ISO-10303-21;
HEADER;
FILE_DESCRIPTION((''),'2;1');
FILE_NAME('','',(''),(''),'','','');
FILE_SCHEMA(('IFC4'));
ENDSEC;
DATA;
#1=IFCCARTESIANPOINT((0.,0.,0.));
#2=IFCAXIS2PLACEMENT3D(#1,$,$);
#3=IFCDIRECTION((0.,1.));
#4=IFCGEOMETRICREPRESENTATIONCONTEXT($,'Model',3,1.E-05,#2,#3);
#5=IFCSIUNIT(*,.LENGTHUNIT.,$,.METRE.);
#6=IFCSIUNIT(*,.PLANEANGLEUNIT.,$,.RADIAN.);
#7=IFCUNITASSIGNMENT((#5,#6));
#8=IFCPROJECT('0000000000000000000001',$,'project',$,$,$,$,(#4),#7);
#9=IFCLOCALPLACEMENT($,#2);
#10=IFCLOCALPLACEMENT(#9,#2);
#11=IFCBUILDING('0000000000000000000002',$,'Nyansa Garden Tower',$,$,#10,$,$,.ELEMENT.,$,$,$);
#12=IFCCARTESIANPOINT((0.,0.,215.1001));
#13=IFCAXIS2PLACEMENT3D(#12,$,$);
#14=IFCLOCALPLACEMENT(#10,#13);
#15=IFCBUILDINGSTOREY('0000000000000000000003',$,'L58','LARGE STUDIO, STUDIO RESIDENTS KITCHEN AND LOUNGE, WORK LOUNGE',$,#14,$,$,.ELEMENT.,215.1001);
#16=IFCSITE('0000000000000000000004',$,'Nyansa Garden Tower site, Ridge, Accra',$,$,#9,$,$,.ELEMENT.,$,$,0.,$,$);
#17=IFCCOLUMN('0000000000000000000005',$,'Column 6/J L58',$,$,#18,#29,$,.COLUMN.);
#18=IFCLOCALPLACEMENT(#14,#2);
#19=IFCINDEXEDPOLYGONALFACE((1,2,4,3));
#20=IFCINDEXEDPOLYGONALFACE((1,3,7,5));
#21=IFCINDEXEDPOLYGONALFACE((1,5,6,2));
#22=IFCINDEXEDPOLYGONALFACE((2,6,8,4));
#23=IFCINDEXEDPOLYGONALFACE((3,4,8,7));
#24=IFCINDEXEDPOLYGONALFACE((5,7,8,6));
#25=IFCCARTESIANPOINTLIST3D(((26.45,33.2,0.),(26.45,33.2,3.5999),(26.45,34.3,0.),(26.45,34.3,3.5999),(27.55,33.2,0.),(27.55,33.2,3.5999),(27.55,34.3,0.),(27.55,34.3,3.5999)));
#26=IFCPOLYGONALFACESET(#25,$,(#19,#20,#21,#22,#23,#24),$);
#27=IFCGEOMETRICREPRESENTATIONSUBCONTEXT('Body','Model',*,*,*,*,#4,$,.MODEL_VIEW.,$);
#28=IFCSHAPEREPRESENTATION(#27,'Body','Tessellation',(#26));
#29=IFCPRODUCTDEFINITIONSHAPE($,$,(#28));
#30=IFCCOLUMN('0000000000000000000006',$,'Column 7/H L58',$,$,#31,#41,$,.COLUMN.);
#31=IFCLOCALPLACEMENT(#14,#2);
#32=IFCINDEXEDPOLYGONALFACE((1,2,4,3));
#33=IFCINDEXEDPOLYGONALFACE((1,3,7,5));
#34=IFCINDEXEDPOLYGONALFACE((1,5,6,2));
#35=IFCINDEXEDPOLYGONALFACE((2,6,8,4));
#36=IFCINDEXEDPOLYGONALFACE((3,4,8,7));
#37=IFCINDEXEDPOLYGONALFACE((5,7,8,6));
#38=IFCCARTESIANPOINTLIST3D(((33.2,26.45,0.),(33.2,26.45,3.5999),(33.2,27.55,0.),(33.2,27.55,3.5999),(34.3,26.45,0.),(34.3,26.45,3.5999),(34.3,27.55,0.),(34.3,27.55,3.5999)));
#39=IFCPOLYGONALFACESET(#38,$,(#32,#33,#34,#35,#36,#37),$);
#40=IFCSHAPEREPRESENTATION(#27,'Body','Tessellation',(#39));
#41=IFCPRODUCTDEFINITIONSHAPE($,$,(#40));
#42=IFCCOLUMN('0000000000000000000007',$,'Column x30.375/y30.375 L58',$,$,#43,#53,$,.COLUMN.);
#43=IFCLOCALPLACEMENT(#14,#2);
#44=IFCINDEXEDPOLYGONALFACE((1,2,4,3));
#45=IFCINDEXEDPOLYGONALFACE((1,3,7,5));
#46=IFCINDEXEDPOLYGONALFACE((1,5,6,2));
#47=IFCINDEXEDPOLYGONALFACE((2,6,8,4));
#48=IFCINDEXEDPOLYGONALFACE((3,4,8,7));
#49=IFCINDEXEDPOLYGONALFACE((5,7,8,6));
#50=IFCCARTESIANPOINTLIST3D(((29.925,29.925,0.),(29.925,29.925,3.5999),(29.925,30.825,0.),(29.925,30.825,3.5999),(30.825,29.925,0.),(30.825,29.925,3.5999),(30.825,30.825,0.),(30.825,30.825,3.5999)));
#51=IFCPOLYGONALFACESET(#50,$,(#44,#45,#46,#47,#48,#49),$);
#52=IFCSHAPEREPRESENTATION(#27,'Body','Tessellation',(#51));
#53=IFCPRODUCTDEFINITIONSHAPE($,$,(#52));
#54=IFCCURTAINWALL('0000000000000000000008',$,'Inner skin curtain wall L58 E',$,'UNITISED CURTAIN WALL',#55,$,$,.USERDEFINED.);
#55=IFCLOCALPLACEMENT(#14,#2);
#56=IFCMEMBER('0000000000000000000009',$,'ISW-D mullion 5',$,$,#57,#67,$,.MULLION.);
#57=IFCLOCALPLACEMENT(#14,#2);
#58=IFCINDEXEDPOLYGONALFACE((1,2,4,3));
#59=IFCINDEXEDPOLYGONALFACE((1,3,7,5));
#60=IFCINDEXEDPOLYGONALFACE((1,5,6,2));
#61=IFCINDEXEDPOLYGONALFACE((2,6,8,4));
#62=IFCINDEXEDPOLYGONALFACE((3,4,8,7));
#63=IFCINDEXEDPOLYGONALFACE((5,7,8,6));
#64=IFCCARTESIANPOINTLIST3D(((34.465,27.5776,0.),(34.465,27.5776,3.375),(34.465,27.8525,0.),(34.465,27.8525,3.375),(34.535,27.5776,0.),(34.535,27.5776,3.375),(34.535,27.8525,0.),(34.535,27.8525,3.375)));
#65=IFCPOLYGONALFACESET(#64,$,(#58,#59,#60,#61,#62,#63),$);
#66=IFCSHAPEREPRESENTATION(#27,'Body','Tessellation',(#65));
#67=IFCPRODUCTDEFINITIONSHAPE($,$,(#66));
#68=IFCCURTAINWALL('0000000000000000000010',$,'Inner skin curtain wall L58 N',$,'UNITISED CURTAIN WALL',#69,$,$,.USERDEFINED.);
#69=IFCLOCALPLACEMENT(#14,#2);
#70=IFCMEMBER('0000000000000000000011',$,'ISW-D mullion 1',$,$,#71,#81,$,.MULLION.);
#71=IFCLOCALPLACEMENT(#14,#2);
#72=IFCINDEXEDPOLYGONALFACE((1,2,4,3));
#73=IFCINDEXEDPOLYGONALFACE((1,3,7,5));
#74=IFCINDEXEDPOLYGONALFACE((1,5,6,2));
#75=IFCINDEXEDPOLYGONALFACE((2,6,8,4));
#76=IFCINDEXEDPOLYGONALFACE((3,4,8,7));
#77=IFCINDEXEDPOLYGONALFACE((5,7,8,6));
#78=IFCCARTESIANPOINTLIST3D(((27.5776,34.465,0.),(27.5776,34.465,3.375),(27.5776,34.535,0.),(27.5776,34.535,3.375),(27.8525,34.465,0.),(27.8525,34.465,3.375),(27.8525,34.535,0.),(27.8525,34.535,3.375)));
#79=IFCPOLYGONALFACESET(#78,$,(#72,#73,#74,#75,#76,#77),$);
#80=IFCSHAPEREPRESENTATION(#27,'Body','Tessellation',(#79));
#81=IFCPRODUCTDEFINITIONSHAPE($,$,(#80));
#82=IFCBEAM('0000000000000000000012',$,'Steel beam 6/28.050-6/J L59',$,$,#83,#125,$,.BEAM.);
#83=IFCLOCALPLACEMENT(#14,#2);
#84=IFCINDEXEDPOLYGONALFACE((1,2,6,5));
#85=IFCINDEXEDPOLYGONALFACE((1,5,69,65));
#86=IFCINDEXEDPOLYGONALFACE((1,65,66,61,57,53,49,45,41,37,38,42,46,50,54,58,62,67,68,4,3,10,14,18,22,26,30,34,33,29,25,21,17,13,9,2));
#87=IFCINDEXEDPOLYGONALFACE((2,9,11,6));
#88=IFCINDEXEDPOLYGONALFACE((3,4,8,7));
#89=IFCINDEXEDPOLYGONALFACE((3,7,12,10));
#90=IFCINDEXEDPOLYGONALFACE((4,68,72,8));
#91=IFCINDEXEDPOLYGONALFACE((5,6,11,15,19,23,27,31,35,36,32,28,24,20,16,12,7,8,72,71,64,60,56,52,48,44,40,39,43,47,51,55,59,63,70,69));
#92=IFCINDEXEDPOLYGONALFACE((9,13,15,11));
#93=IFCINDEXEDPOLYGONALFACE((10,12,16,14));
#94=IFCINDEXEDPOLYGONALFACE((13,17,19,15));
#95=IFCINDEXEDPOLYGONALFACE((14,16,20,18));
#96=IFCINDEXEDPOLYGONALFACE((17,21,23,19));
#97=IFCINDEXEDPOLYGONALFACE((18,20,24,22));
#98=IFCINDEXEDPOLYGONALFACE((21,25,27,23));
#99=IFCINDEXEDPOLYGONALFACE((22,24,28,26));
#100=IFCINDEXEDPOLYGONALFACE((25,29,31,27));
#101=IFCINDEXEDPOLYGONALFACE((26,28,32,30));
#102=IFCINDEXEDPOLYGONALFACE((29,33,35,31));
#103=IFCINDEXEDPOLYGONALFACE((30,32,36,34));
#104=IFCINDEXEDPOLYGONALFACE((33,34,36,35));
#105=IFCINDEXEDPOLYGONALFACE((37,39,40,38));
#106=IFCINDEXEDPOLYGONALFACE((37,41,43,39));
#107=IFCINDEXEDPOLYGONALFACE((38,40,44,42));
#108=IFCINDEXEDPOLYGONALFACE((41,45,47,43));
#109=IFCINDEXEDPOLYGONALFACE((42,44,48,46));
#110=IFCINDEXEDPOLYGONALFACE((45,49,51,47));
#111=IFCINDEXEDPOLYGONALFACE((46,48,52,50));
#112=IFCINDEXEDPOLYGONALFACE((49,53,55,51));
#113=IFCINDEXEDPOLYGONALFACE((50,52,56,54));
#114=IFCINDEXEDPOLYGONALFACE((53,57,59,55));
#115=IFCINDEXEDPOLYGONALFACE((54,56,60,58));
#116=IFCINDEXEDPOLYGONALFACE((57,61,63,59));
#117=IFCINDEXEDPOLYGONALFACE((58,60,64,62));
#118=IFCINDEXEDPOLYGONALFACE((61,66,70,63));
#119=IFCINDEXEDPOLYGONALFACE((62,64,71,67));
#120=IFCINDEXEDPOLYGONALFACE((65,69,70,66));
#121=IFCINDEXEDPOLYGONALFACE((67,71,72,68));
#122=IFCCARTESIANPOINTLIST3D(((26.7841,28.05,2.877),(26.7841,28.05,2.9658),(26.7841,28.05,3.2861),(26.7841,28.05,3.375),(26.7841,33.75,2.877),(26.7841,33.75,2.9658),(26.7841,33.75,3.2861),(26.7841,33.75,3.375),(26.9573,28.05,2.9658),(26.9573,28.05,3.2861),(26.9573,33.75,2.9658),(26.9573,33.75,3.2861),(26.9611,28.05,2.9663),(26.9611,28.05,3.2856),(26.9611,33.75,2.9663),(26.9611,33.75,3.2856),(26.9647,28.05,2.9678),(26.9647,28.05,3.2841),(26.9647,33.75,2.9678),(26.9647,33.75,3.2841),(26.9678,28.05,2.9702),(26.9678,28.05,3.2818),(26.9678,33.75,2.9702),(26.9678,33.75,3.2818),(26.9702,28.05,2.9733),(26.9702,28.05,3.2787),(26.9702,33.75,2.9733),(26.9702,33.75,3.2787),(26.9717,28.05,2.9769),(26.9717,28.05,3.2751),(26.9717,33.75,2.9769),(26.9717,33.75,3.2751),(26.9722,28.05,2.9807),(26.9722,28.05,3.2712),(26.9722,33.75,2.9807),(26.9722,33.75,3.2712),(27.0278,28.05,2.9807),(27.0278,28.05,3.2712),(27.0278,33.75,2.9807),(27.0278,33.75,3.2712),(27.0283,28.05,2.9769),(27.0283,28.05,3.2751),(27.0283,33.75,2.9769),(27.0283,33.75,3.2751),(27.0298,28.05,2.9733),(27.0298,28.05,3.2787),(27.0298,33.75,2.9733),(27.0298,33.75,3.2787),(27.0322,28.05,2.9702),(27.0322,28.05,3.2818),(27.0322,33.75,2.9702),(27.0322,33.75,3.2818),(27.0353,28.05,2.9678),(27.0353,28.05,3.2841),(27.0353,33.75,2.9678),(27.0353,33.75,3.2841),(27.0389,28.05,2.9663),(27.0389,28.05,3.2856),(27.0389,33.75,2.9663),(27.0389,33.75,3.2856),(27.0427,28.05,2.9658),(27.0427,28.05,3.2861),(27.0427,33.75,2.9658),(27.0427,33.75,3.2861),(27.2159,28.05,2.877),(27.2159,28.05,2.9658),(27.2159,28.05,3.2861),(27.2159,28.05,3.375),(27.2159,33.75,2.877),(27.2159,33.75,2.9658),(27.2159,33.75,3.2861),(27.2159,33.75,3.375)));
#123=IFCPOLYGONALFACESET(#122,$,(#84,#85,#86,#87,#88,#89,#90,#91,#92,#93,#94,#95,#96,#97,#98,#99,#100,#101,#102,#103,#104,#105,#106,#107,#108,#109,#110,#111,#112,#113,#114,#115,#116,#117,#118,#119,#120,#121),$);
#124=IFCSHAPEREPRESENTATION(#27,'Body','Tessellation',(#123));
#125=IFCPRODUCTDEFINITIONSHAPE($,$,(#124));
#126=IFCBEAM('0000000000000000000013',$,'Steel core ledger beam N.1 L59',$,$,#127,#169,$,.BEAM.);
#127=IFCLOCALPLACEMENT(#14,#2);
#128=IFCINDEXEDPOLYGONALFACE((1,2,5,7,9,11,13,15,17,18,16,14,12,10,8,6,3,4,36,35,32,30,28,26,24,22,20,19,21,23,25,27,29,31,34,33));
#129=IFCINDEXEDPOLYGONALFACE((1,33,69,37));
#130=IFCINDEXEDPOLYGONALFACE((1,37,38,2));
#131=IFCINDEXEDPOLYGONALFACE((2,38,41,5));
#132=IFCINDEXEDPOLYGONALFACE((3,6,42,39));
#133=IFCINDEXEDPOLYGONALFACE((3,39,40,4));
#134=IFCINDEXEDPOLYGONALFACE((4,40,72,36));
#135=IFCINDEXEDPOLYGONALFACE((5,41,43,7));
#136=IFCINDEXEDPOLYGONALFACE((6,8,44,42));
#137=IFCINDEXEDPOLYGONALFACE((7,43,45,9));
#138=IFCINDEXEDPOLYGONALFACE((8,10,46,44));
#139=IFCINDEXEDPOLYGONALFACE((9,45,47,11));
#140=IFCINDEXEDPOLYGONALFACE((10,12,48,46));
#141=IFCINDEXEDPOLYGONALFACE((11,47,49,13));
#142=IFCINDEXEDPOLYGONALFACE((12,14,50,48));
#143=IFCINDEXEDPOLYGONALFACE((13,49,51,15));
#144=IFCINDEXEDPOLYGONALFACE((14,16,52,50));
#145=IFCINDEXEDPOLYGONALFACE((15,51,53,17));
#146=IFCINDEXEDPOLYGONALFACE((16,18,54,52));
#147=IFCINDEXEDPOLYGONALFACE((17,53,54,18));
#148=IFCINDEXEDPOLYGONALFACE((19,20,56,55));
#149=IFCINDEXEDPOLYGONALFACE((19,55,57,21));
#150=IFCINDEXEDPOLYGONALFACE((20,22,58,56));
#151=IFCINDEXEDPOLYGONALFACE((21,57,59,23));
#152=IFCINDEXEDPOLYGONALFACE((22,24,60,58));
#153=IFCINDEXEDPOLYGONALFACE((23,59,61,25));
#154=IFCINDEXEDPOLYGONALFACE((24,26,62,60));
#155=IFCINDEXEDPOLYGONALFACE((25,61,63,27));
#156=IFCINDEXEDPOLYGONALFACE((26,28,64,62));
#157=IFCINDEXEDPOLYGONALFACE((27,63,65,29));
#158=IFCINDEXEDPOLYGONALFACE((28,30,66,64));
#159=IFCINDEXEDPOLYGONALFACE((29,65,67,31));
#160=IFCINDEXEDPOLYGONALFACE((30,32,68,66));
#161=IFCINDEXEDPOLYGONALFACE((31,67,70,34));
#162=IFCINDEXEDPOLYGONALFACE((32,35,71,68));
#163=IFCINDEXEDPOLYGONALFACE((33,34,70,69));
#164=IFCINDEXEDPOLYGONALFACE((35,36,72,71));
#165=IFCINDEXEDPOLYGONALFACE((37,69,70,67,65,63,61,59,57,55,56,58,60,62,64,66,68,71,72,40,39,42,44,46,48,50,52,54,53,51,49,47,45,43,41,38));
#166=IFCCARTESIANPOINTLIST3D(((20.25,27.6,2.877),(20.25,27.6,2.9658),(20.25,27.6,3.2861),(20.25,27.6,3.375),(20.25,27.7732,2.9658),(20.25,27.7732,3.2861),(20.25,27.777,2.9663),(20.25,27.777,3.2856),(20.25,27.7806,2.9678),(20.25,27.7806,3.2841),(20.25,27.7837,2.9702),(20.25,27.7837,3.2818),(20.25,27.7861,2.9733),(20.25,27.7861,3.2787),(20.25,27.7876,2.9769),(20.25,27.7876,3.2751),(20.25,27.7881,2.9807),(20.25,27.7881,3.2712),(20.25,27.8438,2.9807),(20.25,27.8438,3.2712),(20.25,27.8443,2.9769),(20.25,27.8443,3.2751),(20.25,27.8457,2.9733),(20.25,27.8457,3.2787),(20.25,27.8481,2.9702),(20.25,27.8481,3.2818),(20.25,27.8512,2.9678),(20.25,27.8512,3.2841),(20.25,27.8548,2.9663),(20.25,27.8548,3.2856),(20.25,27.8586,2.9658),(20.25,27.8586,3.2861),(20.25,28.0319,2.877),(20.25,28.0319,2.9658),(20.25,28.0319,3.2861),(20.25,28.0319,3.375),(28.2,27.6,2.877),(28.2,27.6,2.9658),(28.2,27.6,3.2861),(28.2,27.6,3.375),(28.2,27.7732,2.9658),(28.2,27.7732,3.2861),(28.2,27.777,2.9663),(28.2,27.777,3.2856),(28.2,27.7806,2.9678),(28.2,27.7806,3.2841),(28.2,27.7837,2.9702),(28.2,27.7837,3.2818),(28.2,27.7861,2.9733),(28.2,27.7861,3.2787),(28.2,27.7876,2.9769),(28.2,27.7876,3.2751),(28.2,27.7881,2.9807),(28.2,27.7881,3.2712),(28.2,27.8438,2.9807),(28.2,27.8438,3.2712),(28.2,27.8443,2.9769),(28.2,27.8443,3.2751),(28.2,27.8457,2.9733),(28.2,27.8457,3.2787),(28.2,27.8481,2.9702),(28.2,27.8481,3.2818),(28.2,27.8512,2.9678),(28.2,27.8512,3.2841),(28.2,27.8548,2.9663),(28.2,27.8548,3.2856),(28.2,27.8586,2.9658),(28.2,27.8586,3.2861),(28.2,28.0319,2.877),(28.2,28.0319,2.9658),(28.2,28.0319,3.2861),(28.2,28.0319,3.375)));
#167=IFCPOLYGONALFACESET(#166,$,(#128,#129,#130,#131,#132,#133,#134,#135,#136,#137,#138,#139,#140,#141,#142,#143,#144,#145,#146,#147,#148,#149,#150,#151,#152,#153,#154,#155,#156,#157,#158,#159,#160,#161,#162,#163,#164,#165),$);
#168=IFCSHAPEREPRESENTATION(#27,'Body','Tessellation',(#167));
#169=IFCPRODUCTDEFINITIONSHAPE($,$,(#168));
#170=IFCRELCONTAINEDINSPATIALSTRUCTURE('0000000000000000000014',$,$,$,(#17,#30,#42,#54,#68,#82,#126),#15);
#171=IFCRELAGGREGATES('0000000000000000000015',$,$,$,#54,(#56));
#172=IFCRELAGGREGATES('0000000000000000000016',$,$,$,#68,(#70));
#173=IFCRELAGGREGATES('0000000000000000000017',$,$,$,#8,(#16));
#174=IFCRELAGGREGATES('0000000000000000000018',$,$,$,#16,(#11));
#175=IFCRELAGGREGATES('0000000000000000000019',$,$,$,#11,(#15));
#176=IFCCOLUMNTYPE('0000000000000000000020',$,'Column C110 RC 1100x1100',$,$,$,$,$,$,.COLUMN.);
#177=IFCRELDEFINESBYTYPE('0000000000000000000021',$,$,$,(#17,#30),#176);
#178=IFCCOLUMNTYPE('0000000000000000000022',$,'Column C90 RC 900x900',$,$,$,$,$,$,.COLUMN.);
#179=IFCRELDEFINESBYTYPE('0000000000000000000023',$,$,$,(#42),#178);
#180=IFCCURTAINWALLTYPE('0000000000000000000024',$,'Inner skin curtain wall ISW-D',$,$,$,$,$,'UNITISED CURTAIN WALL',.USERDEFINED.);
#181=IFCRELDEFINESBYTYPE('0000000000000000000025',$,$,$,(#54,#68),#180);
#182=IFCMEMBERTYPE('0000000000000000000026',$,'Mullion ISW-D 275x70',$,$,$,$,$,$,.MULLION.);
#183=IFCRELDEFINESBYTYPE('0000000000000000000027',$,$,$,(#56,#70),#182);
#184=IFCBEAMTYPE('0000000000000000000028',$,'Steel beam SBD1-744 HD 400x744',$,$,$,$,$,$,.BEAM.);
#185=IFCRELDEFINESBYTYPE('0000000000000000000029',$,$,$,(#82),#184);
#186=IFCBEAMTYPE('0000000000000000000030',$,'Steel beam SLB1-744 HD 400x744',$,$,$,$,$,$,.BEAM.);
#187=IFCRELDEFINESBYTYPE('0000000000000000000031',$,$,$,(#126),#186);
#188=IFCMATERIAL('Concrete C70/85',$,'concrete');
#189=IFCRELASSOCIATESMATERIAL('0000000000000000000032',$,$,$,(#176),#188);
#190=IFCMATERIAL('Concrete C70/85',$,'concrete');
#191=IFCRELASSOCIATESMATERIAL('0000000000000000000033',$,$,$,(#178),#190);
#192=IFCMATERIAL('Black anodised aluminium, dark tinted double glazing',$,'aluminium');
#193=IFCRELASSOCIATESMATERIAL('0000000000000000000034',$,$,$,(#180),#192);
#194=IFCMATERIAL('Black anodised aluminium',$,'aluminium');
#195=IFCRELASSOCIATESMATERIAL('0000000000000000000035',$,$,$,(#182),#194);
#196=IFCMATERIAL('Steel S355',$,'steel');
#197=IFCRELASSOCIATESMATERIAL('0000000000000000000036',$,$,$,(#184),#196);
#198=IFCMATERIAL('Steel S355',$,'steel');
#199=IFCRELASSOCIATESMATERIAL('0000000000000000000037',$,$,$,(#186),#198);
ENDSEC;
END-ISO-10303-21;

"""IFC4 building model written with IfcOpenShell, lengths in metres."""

from ifc_helpers import new_model, si_unit, direction, frame, origin, origin_2d, place, context, subcontext, project, spatial, rectangle, i_section, extrude, material, material_profile, profile_set, type_object, element, aggregate, save


model = new_model("IFC4")

# Units and contexts
model_context = context("Model", 3, precision=1e-05, world=origin(), true_north=direction((0.0, 1.0)))
body_context = subcontext(model_context, "Body", "Model", "MODEL_VIEW")
ifc_project = project(units=[si_unit("LENGTHUNIT", "METRE"), si_unit("PLANEANGLEUNIT", "RADIAN")], contexts=[model_context])

# Site, building, storey
site_placement = place(None, origin())
site = spatial("IfcSite", under=ifc_project, at=site_placement, Name="Nyansa Garden Tower site, Ridge, Accra", CompositionType="ELEMENT", RefElevation=0.0)
building_placement = place(site_placement, origin())
building = spatial("IfcBuilding", under=site, at=building_placement, Name="Nyansa Garden Tower", CompositionType="ELEMENT")
storey_placement = place(building_placement, frame((0.0, 0.0, 215.1001)))
storey = spatial("IfcBuildingStorey", under=building, at=storey_placement, Name="L58", Description="LARGE STUDIO, STUDIO RESIDENTS KITCHEN AND LOUNGE, WORK LOUNGE", CompositionType="ELEMENT", Elevation=215.1001)

# Columns
ifc_material_1 = material(Name="Concrete C70/85", Category="concrete")
ifc_material_profile_1 = material_profile(ifc_material_1, rectangle(XDim=1.1001, YDim=1.1001, at=origin_2d()), Name="RC 1100x1100")
ifc_profile_set_1 = profile_set([ifc_material_profile_1], Name="Concrete C70/85")
column_type_1 = type_object("IfcColumnType", Name="Column C110 RC 1100x1100", PredefinedType="COLUMN", material=ifc_profile_set_1)
for number, where, z_axis, x_axis, name in (
    (1, (27.0, 33.75, 0.0), (0.0, 0.0, 1.0), (1.0, 0.0, 0.0), "Column 6/J L58"),
    (2, (33.75, 27.0, 0.0), (0.0, 0.0, 1.0), (1.0, 0.0, 0.0), "Column 7/H L58"),
):
    element("IfcColumn", number, at=place(storey_placement, frame(where, z_axis=z_axis, x_axis=x_axis)), inside=storey, type_object=column_type_1, Name=name, PredefinedType="COLUMN", context=body_context, shape_type="SweptSolid", body=[
        extrude(rectangle(XDim=1.1001, YDim=1.1001, at=origin_2d()), origin(), (0.0, 0.0, 1.0), 3.5999),
    ])
ifc_material_2 = material(Name="Concrete C70/85", Category="concrete")
ifc_material_profile_2 = material_profile(ifc_material_2, rectangle(XDim=0.8999, YDim=0.8999, at=origin_2d()), Name="RC 900x900")
ifc_profile_set_2 = profile_set([ifc_material_profile_2], Name="Concrete C70/85")
column_type_2 = type_object("IfcColumnType", Name="Column C90 RC 900x900", PredefinedType="COLUMN", material=ifc_profile_set_2)
column_placement = place(storey_placement, frame((30.375, 30.375, 0.0), z_axis=(0.0, 0.0, 1.0), x_axis=(1.0, 0.0, 0.0)))
element("IfcColumn", 3, at=column_placement, inside=storey, type_object=column_type_2, Name="Column x30.375/y30.375 L58", PredefinedType="COLUMN", context=body_context, shape_type="SweptSolid", body=[
    extrude(rectangle(XDim=0.8999, YDim=0.8999, at=origin_2d()), origin(), (0.0, 0.0, 1.0), 3.5999),
])

# Curtain walls, members
ifc_material_3 = material(Name="Black anodised aluminium, dark tinted double glazing", Category="aluminium")
curtain_wall_type = type_object("IfcCurtainWallType", Name="Inner skin curtain wall ISW-D", ElementType="UNITISED CURTAIN WALL", PredefinedType="USERDEFINED", material=ifc_material_3)
curtain_wall_1_placement = place(storey_placement, origin())
curtain_wall_1 = element("IfcCurtainWall", 4, at=curtain_wall_1_placement, inside=storey, type_object=curtain_wall_type, Name="Inner skin curtain wall L58 E", ObjectType="UNITISED CURTAIN WALL", PredefinedType="USERDEFINED")
ifc_material_4 = material(Name="Black anodised aluminium", Category="aluminium")
ifc_material_profile_3 = material_profile(ifc_material_4, rectangle(XDim=0.0701, YDim=0.2749, at=origin_2d()), Name="Mullion 275x70")
ifc_profile_set_3 = profile_set([ifc_material_profile_3], Name="Black anodised aluminium")
member_type_1 = type_object("IfcMemberType", Name="Mullion ISW-D 275x70", PredefinedType="MULLION", material=ifc_profile_set_3)
member_1_placement = place(storey_placement, frame((34.5, 27.7151, 0.0), z_axis=(0.0, 0.0, 1.0), x_axis=(-1.0, 0.0, 0.0)))
member_1 = element("IfcMember", 5, at=member_1_placement, type_object=member_type_1, Name="ISW-D mullion 5", PredefinedType="MULLION", context=body_context, shape_type="SweptSolid", body=[
    extrude(rectangle(XDim=0.0701, YDim=0.2749, at=origin_2d()), origin(), (0.0, 0.0, 1.0), 3.375),
])
aggregate(curtain_wall_1, [member_1])
curtain_wall_2_placement = place(storey_placement, origin())
curtain_wall_2 = element("IfcCurtainWall", 6, at=curtain_wall_2_placement, inside=storey, type_object=curtain_wall_type, Name="Inner skin curtain wall L58 N", ObjectType="UNITISED CURTAIN WALL", PredefinedType="USERDEFINED")
member_2_placement = place(storey_placement, frame((27.7151, 34.5, 0.0), z_axis=(0.0, 0.0, 1.0), x_axis=(0.0, -1.0, 0.0)))
member_2 = element("IfcMember", 7, at=member_2_placement, type_object=member_type_1, Name="ISW-D mullion 1", PredefinedType="MULLION", context=body_context, shape_type="SweptSolid", body=[
    extrude(rectangle(XDim=0.0701, YDim=0.2749, at=origin_2d()), origin(), (0.0, 0.0, 1.0), 3.375),
])

# Beams
ifc_material_5 = material(Name="Steel S355", Category="steel")
ifc_material_profile_4 = material_profile(ifc_material_5, i_section(OverallWidth=0.4319, OverallDepth=0.498, WebThickness=0.0557, FlangeThickness=0.0889, FilletRadius=0.0149, at=origin_2d()), Name="HD 400x744")
ifc_profile_set_4 = profile_set([ifc_material_profile_4], Name="Steel S355")
beam_type_1 = type_object("IfcBeamType", Name="Steel beam SBD1-744 HD 400x744", PredefinedType="BEAM", material=ifc_profile_set_4)
beam_1_placement = place(storey_placement, frame((27.0, 28.05, 3.126), z_axis=(0.0, 1.0, 0.0), x_axis=(-1.0, 0.0, 0.0)))
element("IfcBeam", 8, at=beam_1_placement, inside=storey, type_object=beam_type_1, Name="Steel beam 6/28.050-6/J L59", PredefinedType="BEAM", context=body_context, shape_type="SweptSolid", body=[
    extrude(i_section(OverallWidth=0.4319, OverallDepth=0.498, WebThickness=0.0557, FlangeThickness=0.0889, FilletRadius=0.0149, at=origin_2d()), origin(), (0.0, 0.0, 1.0), 5.7),
])
ifc_material_6 = material(Name="Steel S355", Category="steel")
ifc_material_profile_5 = material_profile(ifc_material_6, i_section(OverallWidth=0.4319, OverallDepth=0.498, WebThickness=0.0557, FlangeThickness=0.0889, FilletRadius=0.0149, at=origin_2d()), Name="HD 400x744")
ifc_profile_set_5 = profile_set([ifc_material_profile_5], Name="Steel S355")
beam_type_2 = type_object("IfcBeamType", Name="Steel beam SLB1-744 HD 400x744", PredefinedType="BEAM", material=ifc_profile_set_5)
beam_2_placement = place(storey_placement, frame((28.2, 27.8159, 3.126), z_axis=(-1.0, 0.0, 0.0), x_axis=(0.0, -1.0, 0.0)))
element("IfcBeam", 9, at=beam_2_placement, inside=storey, type_object=beam_type_2, Name="Steel core ledger beam N.1 L59", PredefinedType="BEAM", context=body_context, shape_type="SweptSolid", body=[
    extrude(i_section(OverallWidth=0.4319, OverallDepth=0.498, WebThickness=0.0557, FlangeThickness=0.0889, FilletRadius=0.0149, at=origin_2d()), origin(), (0.0, 0.0, 1.0), 7.95),
])

aggregate(curtain_wall_2, [member_2])

save(model, "model.ifc")
